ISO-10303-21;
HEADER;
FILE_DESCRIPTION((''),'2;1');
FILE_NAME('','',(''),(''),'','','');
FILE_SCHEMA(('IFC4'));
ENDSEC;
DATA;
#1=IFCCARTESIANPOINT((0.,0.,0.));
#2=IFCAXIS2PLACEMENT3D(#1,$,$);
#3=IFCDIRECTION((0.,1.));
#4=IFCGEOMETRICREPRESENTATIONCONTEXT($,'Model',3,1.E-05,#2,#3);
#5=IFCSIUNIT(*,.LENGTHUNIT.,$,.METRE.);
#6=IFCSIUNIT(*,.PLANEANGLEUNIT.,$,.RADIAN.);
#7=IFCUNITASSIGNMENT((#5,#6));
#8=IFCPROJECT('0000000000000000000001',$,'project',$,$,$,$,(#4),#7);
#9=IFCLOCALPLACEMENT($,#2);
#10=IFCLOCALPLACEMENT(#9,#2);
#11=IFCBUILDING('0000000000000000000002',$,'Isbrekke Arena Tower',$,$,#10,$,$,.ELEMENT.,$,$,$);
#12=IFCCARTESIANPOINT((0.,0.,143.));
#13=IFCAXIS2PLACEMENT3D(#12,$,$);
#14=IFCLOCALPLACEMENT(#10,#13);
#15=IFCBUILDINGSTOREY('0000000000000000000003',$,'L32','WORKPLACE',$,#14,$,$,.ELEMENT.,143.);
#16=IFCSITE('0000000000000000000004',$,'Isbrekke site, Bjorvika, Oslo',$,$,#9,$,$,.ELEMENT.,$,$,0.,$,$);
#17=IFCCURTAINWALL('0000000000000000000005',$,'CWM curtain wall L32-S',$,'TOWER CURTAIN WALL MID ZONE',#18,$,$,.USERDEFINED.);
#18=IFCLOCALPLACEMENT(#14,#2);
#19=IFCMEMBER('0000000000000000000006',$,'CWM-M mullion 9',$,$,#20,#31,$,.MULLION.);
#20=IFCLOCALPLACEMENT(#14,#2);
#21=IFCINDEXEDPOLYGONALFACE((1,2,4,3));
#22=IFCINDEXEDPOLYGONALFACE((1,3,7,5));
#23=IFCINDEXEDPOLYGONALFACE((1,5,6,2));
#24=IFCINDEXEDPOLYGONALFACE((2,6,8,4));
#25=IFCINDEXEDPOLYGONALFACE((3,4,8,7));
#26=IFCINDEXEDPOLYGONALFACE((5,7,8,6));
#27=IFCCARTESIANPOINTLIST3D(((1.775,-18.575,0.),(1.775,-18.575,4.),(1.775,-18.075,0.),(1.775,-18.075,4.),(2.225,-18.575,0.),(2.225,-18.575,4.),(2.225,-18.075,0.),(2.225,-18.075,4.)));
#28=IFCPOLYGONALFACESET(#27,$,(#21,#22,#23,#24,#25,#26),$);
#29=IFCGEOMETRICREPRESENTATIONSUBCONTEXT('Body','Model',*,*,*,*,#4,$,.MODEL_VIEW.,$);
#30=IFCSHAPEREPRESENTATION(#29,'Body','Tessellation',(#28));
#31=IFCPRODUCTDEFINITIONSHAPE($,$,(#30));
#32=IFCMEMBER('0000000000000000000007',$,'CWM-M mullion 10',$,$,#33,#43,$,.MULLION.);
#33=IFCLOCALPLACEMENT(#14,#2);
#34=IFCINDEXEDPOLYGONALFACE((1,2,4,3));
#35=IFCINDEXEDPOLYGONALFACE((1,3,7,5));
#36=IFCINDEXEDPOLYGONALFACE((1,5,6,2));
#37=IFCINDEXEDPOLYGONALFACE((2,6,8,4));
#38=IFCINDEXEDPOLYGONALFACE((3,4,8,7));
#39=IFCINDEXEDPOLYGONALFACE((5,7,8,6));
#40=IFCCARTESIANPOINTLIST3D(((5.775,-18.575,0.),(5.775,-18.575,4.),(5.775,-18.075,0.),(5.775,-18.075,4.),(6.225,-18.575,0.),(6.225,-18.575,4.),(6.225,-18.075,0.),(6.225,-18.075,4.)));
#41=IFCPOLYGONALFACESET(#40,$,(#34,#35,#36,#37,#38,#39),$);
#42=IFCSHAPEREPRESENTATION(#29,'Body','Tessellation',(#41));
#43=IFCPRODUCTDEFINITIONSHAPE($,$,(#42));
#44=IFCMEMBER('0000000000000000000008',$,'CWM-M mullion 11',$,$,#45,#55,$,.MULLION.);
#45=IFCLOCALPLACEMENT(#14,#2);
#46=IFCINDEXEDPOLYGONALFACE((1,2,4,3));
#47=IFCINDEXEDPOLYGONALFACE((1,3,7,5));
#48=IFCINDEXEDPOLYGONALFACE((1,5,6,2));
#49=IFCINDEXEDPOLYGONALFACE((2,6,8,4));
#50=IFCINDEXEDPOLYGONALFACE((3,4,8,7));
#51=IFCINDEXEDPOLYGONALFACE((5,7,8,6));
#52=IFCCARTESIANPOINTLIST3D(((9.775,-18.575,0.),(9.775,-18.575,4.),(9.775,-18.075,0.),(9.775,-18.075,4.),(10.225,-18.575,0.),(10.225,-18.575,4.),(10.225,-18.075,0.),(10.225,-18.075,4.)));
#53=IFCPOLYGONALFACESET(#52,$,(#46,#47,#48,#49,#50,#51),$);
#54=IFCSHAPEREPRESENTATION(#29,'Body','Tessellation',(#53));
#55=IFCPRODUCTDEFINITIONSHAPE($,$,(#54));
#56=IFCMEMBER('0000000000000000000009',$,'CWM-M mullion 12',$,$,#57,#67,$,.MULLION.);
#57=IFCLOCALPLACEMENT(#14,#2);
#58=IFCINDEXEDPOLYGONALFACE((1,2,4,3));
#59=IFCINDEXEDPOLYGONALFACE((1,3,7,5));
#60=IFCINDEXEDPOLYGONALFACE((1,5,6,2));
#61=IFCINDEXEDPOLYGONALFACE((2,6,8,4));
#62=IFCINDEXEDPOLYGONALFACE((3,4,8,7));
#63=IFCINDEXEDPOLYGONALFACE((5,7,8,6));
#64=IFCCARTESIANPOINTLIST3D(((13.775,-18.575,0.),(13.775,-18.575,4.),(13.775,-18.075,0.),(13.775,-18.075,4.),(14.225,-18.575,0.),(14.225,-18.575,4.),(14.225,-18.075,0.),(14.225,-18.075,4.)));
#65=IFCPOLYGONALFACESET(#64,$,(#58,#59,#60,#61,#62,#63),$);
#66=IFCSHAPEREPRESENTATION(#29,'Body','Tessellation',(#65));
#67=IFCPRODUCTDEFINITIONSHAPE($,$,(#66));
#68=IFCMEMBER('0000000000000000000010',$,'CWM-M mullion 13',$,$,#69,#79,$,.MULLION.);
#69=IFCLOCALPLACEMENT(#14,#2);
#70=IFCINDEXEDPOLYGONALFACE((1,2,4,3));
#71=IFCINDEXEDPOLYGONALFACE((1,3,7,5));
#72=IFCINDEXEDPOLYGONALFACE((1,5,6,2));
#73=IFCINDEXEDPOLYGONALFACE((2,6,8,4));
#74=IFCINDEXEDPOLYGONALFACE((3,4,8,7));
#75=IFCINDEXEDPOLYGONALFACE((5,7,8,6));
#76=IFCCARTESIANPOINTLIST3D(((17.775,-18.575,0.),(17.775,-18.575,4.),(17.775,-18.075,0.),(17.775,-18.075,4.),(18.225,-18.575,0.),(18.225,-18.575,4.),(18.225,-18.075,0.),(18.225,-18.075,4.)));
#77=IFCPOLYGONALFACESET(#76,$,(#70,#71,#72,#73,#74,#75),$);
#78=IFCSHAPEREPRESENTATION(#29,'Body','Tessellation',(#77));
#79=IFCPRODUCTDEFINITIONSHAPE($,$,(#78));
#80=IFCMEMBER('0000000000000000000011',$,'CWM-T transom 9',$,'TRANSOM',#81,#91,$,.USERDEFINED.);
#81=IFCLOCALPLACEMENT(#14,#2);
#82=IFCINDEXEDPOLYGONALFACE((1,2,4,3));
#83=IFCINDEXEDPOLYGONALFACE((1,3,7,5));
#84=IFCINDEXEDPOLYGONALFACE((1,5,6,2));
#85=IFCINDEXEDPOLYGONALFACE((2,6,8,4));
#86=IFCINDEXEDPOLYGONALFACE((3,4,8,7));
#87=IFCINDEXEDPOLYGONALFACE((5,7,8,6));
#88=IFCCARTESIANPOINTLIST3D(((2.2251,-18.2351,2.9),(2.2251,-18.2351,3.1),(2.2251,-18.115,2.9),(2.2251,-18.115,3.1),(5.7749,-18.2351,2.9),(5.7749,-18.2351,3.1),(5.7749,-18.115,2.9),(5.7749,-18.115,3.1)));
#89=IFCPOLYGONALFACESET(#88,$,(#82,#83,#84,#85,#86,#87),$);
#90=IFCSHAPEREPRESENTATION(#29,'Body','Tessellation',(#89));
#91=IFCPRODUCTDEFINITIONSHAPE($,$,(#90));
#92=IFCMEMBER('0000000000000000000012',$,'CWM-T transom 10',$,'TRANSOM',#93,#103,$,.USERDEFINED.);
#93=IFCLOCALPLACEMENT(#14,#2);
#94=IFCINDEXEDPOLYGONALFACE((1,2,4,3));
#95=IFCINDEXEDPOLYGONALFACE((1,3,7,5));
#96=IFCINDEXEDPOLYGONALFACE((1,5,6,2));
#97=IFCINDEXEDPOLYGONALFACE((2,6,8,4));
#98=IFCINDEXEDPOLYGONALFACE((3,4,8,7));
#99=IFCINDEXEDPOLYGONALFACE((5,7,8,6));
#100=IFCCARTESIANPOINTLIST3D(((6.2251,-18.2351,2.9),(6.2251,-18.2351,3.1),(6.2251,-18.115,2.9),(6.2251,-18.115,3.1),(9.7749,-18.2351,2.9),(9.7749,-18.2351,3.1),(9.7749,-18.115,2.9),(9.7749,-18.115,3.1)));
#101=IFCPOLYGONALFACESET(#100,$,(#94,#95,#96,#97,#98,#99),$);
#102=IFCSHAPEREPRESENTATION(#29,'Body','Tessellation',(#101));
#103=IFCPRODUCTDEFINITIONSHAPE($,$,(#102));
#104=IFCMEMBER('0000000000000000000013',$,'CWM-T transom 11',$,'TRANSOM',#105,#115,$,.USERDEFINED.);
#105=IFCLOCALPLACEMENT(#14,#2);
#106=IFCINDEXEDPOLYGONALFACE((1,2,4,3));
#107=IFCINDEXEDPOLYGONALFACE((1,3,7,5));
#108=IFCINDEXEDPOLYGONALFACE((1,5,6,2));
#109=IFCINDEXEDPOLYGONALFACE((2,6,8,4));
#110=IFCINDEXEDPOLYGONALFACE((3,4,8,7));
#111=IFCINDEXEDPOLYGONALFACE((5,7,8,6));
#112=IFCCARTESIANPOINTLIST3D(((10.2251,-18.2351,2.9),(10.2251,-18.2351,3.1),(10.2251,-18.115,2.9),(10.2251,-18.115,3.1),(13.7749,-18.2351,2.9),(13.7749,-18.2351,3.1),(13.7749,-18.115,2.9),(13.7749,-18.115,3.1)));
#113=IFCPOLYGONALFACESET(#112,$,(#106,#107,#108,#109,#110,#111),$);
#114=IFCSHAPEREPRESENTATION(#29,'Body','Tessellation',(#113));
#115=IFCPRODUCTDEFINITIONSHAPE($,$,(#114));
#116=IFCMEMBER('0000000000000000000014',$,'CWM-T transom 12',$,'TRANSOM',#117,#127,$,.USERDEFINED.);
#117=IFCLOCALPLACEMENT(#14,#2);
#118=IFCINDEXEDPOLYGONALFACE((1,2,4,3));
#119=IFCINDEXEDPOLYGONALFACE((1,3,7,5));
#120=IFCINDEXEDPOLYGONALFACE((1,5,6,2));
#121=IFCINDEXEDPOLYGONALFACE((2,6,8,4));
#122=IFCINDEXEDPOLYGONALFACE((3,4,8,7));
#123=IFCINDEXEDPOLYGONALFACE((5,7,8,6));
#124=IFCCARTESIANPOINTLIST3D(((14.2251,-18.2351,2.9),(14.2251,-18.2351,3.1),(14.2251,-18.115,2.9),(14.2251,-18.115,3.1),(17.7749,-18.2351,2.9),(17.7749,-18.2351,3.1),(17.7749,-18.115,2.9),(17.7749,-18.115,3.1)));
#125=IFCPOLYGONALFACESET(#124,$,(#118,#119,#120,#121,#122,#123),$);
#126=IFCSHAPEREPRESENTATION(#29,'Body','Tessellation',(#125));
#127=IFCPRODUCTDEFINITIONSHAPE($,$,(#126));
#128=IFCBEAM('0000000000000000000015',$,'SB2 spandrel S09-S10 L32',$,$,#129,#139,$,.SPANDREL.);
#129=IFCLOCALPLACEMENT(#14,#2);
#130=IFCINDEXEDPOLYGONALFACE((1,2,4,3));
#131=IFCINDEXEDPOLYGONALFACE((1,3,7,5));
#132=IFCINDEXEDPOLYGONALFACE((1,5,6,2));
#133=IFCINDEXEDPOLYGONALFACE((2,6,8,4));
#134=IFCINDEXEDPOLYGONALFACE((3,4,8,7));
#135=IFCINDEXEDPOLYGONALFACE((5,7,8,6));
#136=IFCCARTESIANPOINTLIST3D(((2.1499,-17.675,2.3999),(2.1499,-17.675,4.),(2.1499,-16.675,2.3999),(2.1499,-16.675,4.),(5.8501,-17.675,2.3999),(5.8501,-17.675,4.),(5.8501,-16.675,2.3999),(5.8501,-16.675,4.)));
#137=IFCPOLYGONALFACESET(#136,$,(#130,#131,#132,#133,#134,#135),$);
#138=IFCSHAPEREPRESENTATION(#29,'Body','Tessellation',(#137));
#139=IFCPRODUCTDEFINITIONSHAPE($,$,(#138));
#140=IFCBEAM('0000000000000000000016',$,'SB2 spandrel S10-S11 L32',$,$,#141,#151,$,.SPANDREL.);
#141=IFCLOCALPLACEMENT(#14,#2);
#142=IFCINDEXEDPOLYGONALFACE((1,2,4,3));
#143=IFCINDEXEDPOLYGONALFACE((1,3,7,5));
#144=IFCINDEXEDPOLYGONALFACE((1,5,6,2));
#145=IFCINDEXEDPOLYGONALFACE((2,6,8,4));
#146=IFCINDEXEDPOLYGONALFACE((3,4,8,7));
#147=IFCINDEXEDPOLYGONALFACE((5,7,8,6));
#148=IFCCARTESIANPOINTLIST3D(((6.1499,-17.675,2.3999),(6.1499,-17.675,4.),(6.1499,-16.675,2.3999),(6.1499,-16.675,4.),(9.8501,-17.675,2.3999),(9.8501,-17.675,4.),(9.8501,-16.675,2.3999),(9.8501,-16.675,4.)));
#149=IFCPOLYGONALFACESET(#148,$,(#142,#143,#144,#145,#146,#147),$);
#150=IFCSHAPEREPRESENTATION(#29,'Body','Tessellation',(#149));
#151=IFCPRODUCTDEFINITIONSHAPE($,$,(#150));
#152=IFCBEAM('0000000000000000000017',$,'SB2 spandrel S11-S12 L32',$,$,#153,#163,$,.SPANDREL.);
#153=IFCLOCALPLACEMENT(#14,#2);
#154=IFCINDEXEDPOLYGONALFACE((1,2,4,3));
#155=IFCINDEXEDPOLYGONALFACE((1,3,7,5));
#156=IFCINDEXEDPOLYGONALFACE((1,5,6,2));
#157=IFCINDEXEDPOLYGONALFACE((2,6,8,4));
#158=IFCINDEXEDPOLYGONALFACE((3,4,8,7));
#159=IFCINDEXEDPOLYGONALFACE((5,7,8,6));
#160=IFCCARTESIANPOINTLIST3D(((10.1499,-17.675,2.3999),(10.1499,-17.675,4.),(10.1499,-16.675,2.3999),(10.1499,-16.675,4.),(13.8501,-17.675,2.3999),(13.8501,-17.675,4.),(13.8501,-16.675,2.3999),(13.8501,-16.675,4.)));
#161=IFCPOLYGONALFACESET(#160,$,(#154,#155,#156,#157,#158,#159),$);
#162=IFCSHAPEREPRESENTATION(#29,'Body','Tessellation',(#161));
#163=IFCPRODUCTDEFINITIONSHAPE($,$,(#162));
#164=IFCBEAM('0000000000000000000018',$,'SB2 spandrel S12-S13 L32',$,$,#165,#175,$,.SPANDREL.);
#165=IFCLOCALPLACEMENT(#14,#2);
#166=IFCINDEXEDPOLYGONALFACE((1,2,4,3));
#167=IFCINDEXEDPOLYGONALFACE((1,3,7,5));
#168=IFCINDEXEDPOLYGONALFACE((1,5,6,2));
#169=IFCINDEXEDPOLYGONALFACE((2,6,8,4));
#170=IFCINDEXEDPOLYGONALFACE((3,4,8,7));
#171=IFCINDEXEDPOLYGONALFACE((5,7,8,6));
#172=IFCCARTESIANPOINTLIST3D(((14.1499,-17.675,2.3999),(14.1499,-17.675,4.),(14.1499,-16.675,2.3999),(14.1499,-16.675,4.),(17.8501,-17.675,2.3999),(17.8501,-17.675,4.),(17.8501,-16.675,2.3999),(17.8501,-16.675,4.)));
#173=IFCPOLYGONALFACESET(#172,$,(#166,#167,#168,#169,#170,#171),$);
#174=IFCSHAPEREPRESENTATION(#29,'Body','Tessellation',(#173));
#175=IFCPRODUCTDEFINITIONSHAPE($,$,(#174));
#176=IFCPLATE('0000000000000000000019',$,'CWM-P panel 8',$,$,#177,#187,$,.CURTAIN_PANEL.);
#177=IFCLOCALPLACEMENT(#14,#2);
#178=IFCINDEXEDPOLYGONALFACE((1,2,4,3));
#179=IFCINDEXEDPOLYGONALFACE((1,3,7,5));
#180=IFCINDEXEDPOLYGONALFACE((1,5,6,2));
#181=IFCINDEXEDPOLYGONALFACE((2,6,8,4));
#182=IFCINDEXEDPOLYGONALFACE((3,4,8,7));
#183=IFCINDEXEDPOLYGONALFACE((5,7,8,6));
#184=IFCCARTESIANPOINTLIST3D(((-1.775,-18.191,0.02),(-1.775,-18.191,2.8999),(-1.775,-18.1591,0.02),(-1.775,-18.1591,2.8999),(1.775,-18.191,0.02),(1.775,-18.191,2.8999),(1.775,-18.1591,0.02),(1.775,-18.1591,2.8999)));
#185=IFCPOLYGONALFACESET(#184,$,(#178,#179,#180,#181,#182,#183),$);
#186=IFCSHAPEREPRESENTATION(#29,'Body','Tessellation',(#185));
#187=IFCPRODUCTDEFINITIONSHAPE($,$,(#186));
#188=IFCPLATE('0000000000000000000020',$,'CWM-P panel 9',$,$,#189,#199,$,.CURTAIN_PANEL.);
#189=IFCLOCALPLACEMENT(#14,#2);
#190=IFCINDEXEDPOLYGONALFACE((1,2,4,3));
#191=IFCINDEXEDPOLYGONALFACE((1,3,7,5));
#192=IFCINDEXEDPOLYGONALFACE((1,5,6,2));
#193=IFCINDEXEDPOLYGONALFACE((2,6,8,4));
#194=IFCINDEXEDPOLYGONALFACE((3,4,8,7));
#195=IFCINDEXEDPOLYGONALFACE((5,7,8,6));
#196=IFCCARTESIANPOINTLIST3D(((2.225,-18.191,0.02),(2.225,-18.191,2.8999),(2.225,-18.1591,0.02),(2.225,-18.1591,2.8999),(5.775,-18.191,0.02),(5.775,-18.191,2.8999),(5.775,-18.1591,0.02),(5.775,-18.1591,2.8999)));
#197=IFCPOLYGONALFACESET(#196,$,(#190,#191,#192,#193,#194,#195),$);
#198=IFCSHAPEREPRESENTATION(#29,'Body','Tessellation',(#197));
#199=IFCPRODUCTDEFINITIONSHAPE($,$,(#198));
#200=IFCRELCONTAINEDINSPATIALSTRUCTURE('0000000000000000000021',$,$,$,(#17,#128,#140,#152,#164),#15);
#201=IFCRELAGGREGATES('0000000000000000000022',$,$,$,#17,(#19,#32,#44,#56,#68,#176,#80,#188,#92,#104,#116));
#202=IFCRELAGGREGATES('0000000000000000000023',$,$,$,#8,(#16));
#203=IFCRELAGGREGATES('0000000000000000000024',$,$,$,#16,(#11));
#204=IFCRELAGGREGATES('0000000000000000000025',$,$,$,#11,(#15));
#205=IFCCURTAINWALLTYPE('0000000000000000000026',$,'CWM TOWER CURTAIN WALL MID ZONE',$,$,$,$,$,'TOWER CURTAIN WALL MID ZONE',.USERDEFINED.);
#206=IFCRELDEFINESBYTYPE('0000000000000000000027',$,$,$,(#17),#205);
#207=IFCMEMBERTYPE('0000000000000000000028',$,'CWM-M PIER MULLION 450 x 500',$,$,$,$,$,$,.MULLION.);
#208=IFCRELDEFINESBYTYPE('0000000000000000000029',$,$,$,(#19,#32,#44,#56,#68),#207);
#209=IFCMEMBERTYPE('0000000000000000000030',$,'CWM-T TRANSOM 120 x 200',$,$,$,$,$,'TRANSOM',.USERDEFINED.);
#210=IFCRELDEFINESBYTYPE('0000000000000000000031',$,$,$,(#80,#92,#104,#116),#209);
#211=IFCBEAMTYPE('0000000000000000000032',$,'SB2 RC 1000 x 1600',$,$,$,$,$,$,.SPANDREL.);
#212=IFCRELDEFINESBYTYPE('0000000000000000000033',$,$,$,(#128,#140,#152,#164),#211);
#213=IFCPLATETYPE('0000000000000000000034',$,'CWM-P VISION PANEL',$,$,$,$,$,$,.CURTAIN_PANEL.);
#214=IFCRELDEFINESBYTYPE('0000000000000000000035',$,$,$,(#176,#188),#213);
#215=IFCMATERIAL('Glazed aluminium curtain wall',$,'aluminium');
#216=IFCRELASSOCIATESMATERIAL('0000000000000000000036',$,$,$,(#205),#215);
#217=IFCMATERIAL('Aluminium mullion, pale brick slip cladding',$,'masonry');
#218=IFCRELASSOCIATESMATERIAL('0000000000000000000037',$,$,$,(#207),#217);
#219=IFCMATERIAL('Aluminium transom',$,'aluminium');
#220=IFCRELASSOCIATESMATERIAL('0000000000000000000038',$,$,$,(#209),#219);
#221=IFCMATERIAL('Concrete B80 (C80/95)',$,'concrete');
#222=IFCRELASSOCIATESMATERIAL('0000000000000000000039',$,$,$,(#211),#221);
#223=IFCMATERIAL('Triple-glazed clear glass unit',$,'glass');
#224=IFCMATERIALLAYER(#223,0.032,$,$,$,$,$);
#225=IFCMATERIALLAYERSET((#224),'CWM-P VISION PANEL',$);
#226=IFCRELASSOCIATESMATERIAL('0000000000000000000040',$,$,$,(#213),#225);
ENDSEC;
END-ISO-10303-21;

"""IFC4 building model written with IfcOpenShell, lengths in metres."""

from ifc_helpers import new_model, si_unit, direction, frame, origin, origin_2d, place, context, subcontext, project, spatial, rectangle, extrude, material, layer, layer_set, material_profile, profile_set, type_object, element, aggregate, save


model = new_model("IFC4")

# Units and contexts
model_context = context("Model", 3, precision=1e-05, world=origin(), true_north=direction((0.0, 1.0)))
body_context = subcontext(model_context, "Body", "Model", "MODEL_VIEW")
ifc_project = project(units=[si_unit("LENGTHUNIT", "METRE"), si_unit("PLANEANGLEUNIT", "RADIAN")], contexts=[model_context])

# Site, building, storey
site_placement = place(None, origin())
site = spatial("IfcSite", under=ifc_project, at=site_placement, Name="Isbrekke site, Bjorvika, Oslo", CompositionType="ELEMENT", RefElevation=0.0)
building_placement = place(site_placement, origin())
building = spatial("IfcBuilding", under=site, at=building_placement, Name="Isbrekke Arena Tower", CompositionType="ELEMENT")
storey_placement = place(building_placement, frame((0.0, 0.0, 143.0)))
storey = spatial("IfcBuildingStorey", under=building, at=storey_placement, Name="L32", Description="WORKPLACE", CompositionType="ELEMENT", Elevation=143.0)

# Curtain wall, members
ifc_material_1 = material(Name="Glazed aluminium curtain wall", Category="aluminium")
curtain_wall_type = type_object("IfcCurtainWallType", Name="CWM TOWER CURTAIN WALL MID ZONE", ElementType="TOWER CURTAIN WALL MID ZONE", PredefinedType="USERDEFINED", material=ifc_material_1)
curtain_wall_placement = place(storey_placement, origin())
curtain_wall = element("IfcCurtainWall", 1, at=curtain_wall_placement, inside=storey, type_object=curtain_wall_type, Name="CWM curtain wall L32-S", ObjectType="TOWER CURTAIN WALL MID ZONE", PredefinedType="USERDEFINED")
ifc_material_2 = material(Name="Aluminium mullion, pale brick slip cladding", Category="masonry")
ifc_material_profile_1 = material_profile(ifc_material_2, rectangle(XDim=0.45, YDim=0.5, at=origin_2d()), Name="PIER 450X500")
ifc_profile_set_1 = profile_set([ifc_material_profile_1], Name="Aluminium mullion, pale brick slip cladding")
member_type_1 = type_object("IfcMemberType", Name="CWM-M PIER MULLION 450 x 500", PredefinedType="MULLION", material=ifc_profile_set_1)
member_1_placement = place(storey_placement, frame((2.0, -18.325, 0.0), z_axis=(0.0, 0.0, 1.0), x_axis=(1.0, 0.0, 0.0)))
member_1 = element("IfcMember", 2, at=member_1_placement, type_object=member_type_1, Name="CWM-M mullion 9", PredefinedType="MULLION", context=body_context, shape_type="SweptSolid", body=[
    extrude(rectangle(XDim=0.45, YDim=0.5, at=origin_2d()), origin(), (0.0, 0.0, 1.0), 4.0),
])
member_2_placement = place(storey_placement, frame((6.0, -18.325, 0.0), z_axis=(0.0, 0.0, 1.0), x_axis=(1.0, 0.0, 0.0)))
member_2 = element("IfcMember", 3, at=member_2_placement, type_object=member_type_1, Name="CWM-M mullion 10", PredefinedType="MULLION", context=body_context, shape_type="SweptSolid", body=[
    extrude(rectangle(XDim=0.45, YDim=0.5, at=origin_2d()), origin(), (0.0, 0.0, 1.0), 4.0),
])
member_3_placement = place(storey_placement, frame((10.0, -18.325, 0.0), z_axis=(0.0, 0.0, 1.0), x_axis=(1.0, 0.0, 0.0)))
member_3 = element("IfcMember", 4, at=member_3_placement, type_object=member_type_1, Name="CWM-M mullion 11", PredefinedType="MULLION", context=body_context, shape_type="SweptSolid", body=[
    extrude(rectangle(XDim=0.45, YDim=0.5, at=origin_2d()), origin(), (0.0, 0.0, 1.0), 4.0),
])
member_4_placement = place(storey_placement, frame((14.0, -18.325, 0.0), z_axis=(0.0, 0.0, 1.0), x_axis=(1.0, 0.0, 0.0)))
member_4 = element("IfcMember", 5, at=member_4_placement, type_object=member_type_1, Name="CWM-M mullion 12", PredefinedType="MULLION", context=body_context, shape_type="SweptSolid", body=[
    extrude(rectangle(XDim=0.45, YDim=0.5, at=origin_2d()), origin(), (0.0, 0.0, 1.0), 4.0),
])
member_5_placement = place(storey_placement, frame((18.0, -18.325, 0.0), z_axis=(0.0, 0.0, 1.0), x_axis=(1.0, 0.0, 0.0)))
member_5 = element("IfcMember", 6, at=member_5_placement, type_object=member_type_1, Name="CWM-M mullion 13", PredefinedType="MULLION", context=body_context, shape_type="SweptSolid", body=[
    extrude(rectangle(XDim=0.45, YDim=0.5, at=origin_2d()), origin(), (0.0, 0.0, 1.0), 4.0),
])
ifc_material_3 = material(Name="Aluminium transom", Category="aluminium")
ifc_material_profile_2 = material_profile(ifc_material_3, rectangle(XDim=0.1201, YDim=0.2, at=origin_2d()), Name="TRANSOM 120X200")
ifc_profile_set_2 = profile_set([ifc_material_profile_2], Name="Aluminium transom")
member_type_2 = type_object("IfcMemberType", Name="CWM-T TRANSOM 120 x 200", ElementType="TRANSOM", PredefinedType="USERDEFINED", material=ifc_profile_set_2)
member_6_placement = place(storey_placement, frame((2.2251, -18.175, 3.0), z_axis=(1.0, 0.0, 0.0), x_axis=(0.0, 1.0, 0.0)))
member_6 = element("IfcMember", 7, at=member_6_placement, type_object=member_type_2, Name="CWM-T transom 9", ObjectType="TRANSOM", PredefinedType="USERDEFINED", context=body_context, shape_type="SweptSolid", body=[
    extrude(rectangle(XDim=0.1201, YDim=0.2, at=origin_2d()), origin(), (0.0, 0.0, 1.0), 3.5498),
])
member_7_placement = place(storey_placement, frame((6.2251, -18.175, 3.0), z_axis=(1.0, 0.0, 0.0), x_axis=(0.0, 1.0, 0.0)))
member_7 = element("IfcMember", 8, at=member_7_placement, type_object=member_type_2, Name="CWM-T transom 10", ObjectType="TRANSOM", PredefinedType="USERDEFINED", context=body_context, shape_type="SweptSolid", body=[
    extrude(rectangle(XDim=0.1201, YDim=0.2, at=origin_2d()), origin(), (0.0, 0.0, 1.0), 3.5498),
])
member_8_placement = place(storey_placement, frame((10.2251, -18.175, 3.0), z_axis=(1.0, 0.0, 0.0), x_axis=(0.0, 1.0, 0.0)))
member_8 = element("IfcMember", 9, at=member_8_placement, type_object=member_type_2, Name="CWM-T transom 11", ObjectType="TRANSOM", PredefinedType="USERDEFINED", context=body_context, shape_type="SweptSolid", body=[
    extrude(rectangle(XDim=0.1201, YDim=0.2, at=origin_2d()), origin(), (0.0, 0.0, 1.0), 3.5498),
])
member_9_placement = place(storey_placement, frame((14.2251, -18.175, 3.0), z_axis=(1.0, 0.0, 0.0), x_axis=(0.0, 1.0, 0.0)))
member_9 = element("IfcMember", 10, at=member_9_placement, type_object=member_type_2, Name="CWM-T transom 12", ObjectType="TRANSOM", PredefinedType="USERDEFINED", context=body_context, shape_type="SweptSolid", body=[
    extrude(rectangle(XDim=0.1201, YDim=0.2, at=origin_2d()), origin(), (0.0, 0.0, 1.0), 3.5498),
])

# Beams
ifc_material_4 = material(Name="Concrete B80 (C80/95)", Category="concrete")
ifc_material_profile_3 = material_profile(ifc_material_4, rectangle(XDim=1.0, YDim=1.6001, at=origin_2d()), Name="RC 1000x1600")
ifc_profile_set_3 = profile_set([ifc_material_profile_3], Name="Concrete B80 (C80/95)")
beam_type_1 = type_object("IfcBeamType", Name="SB2 RC 1000 x 1600", PredefinedType="SPANDREL", material=ifc_profile_set_3)
for number, where, z_axis, x_axis, name in (
    (11, (2.1499, -17.175, 3.2), (1.0, 0.0, 0.0), (0.0, 1.0, 0.0), "SB2 spandrel S09-S10 L32"),
    (12, (6.1499, -17.175, 3.2), (1.0, 0.0, 0.0), (0.0, 1.0, 0.0), "SB2 spandrel S10-S11 L32"),
    (13, (10.1499, -17.175, 3.2), (1.0, 0.0, 0.0), (0.0, 1.0, 0.0), "SB2 spandrel S11-S12 L32"),
    (14, (14.1499, -17.175, 3.2), (1.0, 0.0, 0.0), (0.0, 1.0, 0.0), "SB2 spandrel S12-S13 L32"),
):
    element("IfcBeam", number, at=place(storey_placement, frame(where, z_axis=z_axis, x_axis=x_axis)), inside=storey, type_object=beam_type_1, Name=name, PredefinedType="SPANDREL", context=body_context, shape_type="SweptSolid", body=[
        extrude(rectangle(XDim=1.0, YDim=1.6001, at=origin_2d()), origin(), (0.0, 0.0, 1.0), 3.7002),
    ])

# Plates
ifc_material_5 = material(Name="Triple-glazed clear glass unit", Category="glass")
ifc_layer = layer(ifc_material_5, 0.032)
ifc_layer_set = layer_set([ifc_layer], Name="CWM-P VISION PANEL")
plate_type = type_object("IfcPlateType", Name="CWM-P VISION PANEL", PredefinedType="CURTAIN_PANEL", material=ifc_layer_set)
plate_1_placement = place(storey_placement, frame((0.0, -18.175, 0.02), z_axis=(0.0, 0.0, 1.0), x_axis=(1.0, 0.0, 0.0)))
plate_1 = element("IfcPlate", 15, at=plate_1_placement, type_object=plate_type, Name="CWM-P panel 8", PredefinedType="CURTAIN_PANEL", context=body_context, shape_type="SweptSolid", body=[
    extrude(rectangle(XDim=3.55, YDim=0.032, at=origin_2d()), origin(), (0.0, 0.0, 1.0), 2.8799),
])
plate_2_placement = place(storey_placement, frame((4.0, -18.175, 0.02), z_axis=(0.0, 0.0, 1.0), x_axis=(1.0, 0.0, 0.0)))
plate_2 = element("IfcPlate", 16, at=plate_2_placement, type_object=plate_type, Name="CWM-P panel 9", PredefinedType="CURTAIN_PANEL", context=body_context, shape_type="SweptSolid", body=[
    extrude(rectangle(XDim=3.55, YDim=0.032, at=origin_2d()), origin(), (0.0, 0.0, 1.0), 2.8799),
])
aggregate(curtain_wall, [member_1, member_2, member_3, member_4, member_5, plate_1, member_6, plate_2, member_7, member_8, member_9])

save(model, "model.ifc")
